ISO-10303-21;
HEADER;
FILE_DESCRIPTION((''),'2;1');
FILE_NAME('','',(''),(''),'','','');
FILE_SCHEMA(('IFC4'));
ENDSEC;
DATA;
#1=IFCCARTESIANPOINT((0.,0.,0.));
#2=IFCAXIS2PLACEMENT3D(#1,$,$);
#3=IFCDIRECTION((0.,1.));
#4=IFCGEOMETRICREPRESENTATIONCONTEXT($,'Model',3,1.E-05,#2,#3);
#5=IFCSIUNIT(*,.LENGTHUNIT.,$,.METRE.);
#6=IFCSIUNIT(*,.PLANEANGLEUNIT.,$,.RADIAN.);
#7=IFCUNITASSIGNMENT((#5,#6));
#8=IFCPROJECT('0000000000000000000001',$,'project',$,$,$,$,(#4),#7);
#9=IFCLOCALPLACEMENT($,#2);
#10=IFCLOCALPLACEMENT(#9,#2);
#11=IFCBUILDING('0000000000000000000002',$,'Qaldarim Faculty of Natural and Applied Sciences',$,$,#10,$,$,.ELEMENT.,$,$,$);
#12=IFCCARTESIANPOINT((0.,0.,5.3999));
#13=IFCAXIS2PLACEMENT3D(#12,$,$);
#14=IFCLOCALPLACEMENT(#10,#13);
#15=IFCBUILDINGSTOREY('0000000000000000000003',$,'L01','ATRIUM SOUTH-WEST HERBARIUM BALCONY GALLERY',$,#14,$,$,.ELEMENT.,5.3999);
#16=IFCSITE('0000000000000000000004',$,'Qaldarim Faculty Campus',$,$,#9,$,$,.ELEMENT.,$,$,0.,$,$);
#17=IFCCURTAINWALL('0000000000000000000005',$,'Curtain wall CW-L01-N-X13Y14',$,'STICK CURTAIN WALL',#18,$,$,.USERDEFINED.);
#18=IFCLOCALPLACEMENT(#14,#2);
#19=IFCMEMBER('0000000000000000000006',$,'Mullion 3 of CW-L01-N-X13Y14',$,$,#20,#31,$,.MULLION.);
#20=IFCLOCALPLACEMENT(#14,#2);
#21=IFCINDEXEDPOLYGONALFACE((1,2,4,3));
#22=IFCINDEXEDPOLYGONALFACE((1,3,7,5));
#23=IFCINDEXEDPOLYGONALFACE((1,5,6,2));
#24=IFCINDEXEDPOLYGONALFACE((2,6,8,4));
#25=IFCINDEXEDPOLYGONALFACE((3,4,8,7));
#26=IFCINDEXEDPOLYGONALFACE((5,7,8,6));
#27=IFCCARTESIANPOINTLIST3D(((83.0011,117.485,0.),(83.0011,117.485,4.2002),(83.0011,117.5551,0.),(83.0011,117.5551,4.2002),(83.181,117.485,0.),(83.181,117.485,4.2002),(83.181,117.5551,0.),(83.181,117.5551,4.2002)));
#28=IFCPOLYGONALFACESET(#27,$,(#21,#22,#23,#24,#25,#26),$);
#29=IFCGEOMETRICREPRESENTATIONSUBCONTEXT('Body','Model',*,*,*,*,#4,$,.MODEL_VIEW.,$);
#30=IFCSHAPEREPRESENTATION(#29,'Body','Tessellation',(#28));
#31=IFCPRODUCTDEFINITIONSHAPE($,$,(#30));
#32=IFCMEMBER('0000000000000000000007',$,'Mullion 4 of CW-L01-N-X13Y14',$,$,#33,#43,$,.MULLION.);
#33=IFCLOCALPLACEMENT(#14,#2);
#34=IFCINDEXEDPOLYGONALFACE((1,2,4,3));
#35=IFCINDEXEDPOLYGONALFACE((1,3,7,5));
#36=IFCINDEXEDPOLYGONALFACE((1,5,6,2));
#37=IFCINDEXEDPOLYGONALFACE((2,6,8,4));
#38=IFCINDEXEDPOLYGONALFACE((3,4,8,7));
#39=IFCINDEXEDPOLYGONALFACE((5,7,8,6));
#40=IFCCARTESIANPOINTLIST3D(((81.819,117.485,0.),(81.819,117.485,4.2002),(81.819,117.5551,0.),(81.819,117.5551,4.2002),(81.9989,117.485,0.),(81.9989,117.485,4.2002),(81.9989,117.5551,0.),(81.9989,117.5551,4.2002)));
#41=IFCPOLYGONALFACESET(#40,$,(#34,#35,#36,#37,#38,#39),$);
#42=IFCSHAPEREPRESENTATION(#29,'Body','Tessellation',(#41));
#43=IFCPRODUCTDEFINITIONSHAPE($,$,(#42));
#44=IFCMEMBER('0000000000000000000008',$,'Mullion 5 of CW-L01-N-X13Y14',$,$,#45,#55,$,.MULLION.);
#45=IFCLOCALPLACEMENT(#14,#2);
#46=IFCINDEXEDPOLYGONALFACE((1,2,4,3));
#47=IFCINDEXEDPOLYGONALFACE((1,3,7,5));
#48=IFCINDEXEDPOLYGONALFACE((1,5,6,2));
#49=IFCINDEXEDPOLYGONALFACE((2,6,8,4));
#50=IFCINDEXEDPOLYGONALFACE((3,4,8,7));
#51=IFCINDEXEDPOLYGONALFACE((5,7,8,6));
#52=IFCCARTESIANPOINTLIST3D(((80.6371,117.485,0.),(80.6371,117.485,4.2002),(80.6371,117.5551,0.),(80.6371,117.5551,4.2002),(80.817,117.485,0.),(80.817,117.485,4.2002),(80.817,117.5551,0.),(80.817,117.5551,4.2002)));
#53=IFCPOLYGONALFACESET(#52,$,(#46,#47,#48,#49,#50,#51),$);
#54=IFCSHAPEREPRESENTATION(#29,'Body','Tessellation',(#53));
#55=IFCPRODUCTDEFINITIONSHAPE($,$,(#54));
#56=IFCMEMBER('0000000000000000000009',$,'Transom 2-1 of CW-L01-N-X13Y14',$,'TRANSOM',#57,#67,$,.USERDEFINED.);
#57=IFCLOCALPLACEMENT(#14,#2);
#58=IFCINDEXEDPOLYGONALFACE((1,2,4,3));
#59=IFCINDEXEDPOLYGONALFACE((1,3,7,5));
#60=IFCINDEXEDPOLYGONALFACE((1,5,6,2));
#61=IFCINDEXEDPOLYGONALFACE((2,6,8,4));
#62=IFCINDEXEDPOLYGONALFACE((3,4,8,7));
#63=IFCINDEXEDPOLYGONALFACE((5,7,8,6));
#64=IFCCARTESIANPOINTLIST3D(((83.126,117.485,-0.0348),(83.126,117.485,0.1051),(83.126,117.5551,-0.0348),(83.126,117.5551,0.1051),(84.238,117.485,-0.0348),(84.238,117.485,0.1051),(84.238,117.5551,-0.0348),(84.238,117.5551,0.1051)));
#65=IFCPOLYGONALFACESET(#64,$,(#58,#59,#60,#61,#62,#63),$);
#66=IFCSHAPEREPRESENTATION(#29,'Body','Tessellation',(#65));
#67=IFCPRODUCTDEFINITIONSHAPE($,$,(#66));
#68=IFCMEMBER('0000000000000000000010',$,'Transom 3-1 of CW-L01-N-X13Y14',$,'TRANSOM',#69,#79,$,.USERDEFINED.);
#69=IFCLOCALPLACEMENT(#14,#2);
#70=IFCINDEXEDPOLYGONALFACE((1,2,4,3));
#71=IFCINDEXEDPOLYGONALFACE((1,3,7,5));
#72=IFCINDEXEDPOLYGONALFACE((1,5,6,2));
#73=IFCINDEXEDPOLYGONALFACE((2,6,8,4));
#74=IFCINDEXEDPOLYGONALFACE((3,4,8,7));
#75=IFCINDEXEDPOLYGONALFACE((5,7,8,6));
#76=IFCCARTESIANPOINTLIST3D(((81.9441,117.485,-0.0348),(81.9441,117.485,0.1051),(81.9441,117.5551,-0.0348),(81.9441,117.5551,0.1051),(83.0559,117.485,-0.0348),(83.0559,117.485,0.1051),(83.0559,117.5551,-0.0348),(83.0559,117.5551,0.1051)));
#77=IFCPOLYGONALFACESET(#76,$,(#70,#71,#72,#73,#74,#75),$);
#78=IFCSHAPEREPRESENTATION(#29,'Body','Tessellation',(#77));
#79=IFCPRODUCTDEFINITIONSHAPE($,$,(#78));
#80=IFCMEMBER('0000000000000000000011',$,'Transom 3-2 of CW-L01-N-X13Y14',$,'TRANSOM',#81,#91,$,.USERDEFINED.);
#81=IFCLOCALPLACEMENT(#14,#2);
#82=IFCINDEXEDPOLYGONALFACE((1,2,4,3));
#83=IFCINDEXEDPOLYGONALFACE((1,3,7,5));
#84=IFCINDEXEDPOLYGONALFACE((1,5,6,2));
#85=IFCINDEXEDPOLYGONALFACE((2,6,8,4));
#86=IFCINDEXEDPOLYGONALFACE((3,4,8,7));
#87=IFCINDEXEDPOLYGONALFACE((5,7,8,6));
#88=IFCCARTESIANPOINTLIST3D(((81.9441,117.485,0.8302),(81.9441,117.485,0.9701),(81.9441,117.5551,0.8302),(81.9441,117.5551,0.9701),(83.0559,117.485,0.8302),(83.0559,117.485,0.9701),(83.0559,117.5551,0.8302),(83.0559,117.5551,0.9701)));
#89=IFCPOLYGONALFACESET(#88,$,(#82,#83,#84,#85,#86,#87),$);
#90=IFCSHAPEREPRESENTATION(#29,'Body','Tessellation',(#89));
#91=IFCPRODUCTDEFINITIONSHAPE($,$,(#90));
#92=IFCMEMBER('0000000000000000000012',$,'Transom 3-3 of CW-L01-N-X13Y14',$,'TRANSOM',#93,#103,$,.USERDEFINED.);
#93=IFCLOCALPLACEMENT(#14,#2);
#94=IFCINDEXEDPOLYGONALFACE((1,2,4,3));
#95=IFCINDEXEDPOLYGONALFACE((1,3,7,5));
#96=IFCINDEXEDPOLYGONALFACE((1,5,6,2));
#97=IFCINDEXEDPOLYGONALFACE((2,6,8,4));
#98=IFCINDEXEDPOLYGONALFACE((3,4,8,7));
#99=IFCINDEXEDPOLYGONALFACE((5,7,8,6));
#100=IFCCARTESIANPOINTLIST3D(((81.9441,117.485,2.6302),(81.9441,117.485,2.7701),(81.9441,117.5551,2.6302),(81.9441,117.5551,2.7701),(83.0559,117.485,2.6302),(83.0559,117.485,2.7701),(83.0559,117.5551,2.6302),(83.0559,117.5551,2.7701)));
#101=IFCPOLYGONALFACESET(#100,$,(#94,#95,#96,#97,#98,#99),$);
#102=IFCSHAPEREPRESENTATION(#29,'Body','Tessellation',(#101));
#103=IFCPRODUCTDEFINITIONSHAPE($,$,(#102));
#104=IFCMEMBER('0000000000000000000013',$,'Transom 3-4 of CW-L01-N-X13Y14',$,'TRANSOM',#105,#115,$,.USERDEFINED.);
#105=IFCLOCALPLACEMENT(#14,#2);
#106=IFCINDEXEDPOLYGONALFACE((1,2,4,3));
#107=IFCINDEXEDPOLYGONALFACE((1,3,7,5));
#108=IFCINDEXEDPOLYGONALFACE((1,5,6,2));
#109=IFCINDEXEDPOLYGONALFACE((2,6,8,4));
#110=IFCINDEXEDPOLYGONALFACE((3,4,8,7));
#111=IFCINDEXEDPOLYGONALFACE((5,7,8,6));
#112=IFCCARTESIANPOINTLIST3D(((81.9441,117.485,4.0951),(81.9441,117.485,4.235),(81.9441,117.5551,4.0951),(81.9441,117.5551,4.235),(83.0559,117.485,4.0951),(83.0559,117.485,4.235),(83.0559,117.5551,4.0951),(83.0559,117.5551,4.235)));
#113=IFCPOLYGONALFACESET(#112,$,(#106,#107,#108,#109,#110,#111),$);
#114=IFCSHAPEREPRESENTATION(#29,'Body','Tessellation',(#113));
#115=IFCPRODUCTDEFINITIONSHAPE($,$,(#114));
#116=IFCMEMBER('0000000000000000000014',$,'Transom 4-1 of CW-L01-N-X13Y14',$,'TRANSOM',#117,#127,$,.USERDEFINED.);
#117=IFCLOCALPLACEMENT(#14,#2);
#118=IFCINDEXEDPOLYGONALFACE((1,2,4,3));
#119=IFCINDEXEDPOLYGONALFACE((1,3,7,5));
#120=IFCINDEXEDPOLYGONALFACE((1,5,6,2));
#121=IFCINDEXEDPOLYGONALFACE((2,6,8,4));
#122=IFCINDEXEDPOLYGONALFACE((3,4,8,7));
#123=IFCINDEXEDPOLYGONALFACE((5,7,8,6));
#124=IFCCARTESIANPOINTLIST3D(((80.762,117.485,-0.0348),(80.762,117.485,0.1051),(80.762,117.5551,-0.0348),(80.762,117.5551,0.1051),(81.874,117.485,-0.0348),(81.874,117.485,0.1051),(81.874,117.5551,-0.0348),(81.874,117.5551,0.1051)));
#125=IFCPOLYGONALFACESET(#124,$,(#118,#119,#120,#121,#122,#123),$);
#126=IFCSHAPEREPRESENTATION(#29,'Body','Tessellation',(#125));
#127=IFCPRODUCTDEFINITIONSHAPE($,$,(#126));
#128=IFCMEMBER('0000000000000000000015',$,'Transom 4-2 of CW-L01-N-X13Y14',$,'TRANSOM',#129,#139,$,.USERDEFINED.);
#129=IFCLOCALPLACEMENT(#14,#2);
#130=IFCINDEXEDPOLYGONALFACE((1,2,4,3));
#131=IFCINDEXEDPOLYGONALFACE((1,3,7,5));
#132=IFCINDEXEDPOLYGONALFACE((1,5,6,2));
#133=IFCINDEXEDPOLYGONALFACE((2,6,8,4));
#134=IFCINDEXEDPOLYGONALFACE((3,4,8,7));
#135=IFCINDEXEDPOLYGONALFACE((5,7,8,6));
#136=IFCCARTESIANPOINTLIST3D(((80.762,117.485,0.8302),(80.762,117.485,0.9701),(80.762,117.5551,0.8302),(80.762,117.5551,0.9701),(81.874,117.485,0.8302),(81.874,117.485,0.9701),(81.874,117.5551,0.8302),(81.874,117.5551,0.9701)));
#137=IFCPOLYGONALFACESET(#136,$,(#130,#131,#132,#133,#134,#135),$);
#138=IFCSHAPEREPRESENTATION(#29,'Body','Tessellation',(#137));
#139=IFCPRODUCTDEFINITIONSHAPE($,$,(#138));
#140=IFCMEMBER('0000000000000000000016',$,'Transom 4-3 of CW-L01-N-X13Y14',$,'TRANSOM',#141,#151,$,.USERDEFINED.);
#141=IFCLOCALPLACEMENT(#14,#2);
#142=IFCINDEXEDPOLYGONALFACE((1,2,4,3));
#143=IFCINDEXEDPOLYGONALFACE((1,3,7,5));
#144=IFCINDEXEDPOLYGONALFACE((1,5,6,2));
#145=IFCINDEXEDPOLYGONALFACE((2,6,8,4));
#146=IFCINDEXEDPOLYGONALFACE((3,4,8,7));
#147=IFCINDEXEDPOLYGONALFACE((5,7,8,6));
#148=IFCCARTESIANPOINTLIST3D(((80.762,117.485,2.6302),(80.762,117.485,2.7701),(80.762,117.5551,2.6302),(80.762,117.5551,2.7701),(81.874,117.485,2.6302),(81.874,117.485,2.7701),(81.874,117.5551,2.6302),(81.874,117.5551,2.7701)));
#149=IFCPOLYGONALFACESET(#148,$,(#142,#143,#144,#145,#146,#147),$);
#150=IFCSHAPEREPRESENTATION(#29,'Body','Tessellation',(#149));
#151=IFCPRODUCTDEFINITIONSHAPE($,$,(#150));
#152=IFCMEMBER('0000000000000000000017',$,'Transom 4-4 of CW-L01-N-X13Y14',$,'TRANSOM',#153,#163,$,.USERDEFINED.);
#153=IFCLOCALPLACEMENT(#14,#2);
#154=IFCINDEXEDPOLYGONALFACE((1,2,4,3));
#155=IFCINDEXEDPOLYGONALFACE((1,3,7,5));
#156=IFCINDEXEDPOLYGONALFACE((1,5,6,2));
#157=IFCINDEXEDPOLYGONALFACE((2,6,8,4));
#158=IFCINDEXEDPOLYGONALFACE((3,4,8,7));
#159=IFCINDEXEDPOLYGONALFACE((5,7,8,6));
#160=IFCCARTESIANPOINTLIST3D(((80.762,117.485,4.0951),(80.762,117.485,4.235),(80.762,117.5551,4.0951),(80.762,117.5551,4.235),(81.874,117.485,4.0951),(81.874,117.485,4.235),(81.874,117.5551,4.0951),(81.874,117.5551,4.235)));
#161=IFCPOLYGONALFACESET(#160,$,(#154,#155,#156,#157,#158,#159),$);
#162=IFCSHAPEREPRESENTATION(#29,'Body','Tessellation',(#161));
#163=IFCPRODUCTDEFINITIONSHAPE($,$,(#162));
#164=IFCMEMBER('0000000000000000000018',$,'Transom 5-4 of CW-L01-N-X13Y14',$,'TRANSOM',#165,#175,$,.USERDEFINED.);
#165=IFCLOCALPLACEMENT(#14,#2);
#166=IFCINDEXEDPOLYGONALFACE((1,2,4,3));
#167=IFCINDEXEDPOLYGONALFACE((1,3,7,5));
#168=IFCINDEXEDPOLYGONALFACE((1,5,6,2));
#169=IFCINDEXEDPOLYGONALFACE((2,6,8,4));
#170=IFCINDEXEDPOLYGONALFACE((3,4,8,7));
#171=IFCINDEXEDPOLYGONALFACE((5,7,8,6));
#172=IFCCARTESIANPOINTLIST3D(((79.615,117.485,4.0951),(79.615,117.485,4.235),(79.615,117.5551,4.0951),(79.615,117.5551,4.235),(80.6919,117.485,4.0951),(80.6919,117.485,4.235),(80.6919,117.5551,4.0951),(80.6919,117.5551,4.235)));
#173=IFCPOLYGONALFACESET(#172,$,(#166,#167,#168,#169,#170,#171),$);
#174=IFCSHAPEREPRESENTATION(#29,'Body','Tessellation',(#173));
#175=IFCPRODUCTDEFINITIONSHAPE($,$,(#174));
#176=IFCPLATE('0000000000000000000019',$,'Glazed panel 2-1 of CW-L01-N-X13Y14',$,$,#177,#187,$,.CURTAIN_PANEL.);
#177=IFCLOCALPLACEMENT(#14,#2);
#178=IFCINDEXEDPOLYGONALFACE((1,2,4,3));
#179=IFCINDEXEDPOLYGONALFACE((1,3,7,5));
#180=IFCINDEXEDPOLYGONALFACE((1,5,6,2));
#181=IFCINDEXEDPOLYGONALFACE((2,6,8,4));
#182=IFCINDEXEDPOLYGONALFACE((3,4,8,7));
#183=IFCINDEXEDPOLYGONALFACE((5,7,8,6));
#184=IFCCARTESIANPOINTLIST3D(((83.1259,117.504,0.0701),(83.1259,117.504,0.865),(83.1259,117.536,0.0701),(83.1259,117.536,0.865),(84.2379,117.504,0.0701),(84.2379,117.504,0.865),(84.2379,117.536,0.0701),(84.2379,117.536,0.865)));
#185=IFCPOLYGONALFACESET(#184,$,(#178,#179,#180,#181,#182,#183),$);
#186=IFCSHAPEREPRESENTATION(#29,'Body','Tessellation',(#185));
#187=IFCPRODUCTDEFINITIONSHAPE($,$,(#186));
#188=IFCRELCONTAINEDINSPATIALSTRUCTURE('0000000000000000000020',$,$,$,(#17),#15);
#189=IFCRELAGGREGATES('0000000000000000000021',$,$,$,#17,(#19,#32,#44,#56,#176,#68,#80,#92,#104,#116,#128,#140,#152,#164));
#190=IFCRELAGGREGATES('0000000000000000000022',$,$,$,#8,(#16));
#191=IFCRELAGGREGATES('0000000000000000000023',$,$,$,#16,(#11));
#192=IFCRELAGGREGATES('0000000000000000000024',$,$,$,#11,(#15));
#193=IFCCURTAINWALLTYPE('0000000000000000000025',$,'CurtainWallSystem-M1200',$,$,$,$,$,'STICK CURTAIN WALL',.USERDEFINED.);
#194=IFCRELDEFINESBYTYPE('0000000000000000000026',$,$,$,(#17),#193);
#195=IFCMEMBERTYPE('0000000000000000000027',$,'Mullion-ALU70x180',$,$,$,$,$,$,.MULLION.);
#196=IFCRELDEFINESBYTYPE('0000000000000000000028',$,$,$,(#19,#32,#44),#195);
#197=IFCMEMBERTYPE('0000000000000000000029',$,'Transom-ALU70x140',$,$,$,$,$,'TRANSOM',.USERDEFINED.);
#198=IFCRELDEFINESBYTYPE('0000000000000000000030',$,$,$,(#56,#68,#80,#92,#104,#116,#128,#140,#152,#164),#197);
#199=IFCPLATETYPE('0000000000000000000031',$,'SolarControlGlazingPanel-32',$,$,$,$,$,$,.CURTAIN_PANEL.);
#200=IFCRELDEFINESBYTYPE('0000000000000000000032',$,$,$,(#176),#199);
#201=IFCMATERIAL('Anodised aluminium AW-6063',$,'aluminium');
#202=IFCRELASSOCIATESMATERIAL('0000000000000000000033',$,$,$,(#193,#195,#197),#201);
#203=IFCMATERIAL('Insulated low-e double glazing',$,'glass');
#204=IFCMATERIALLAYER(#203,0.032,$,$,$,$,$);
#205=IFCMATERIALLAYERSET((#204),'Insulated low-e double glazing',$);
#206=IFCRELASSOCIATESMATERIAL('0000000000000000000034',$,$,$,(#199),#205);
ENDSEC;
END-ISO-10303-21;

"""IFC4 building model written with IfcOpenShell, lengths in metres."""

from ifc_helpers import new_model, si_unit, direction, frame, origin, origin_2d, place, context, subcontext, project, spatial, rectangle, extrude, material, layer, layer_set, material_profile, profile_set, type_object, element, aggregate, save


model = new_model("IFC4")

# Units and contexts
model_context = context("Model", 3, precision=1e-05, world=origin(), true_north=direction((0.0, 1.0)))
body_context = subcontext(model_context, "Body", "Model", "MODEL_VIEW")
ifc_project = project(units=[si_unit("LENGTHUNIT", "METRE"), si_unit("PLANEANGLEUNIT", "RADIAN")], contexts=[model_context])

# Site, building, storey
site_placement = place(None, origin())
site = spatial("IfcSite", under=ifc_project, at=site_placement, Name="Qaldarim Faculty Campus", CompositionType="ELEMENT", RefElevation=0.0)
building_placement = place(site_placement, origin())
building = spatial("IfcBuilding", under=site, at=building_placement, Name="Qaldarim Faculty of Natural and Applied Sciences", CompositionType="ELEMENT")
storey_placement = place(building_placement, frame((0.0, 0.0, 5.3999)))
storey = spatial("IfcBuildingStorey", under=building, at=storey_placement, Name="L01", Description="ATRIUM SOUTH-WEST HERBARIUM BALCONY GALLERY", CompositionType="ELEMENT", Elevation=5.3999)

# Curtain wall, members, plate
ifc_material_1 = material(Name="Anodised aluminium AW-6063", Category="aluminium")
curtain_wall_type = type_object("IfcCurtainWallType", Name="CurtainWallSystem-M1200", ElementType="STICK CURTAIN WALL", PredefinedType="USERDEFINED", material=ifc_material_1)
curtain_wall_placement = place(storey_placement, origin())
curtain_wall = element("IfcCurtainWall", 1, at=curtain_wall_placement, inside=storey, type_object=curtain_wall_type, Name="Curtain wall CW-L01-N-X13Y14", ObjectType="STICK CURTAIN WALL", PredefinedType="USERDEFINED")
ifc_material_profile_1 = material_profile(ifc_material_1, rectangle(XDim=0.0701, YDim=0.1799, at=origin_2d()), Name="ALU-M70x180")
ifc_profile_set_1 = profile_set([ifc_material_profile_1], Name="Anodised aluminium AW-6063")
member_type_1 = type_object("IfcMemberType", Name="Mullion-ALU70x180", PredefinedType="MULLION", material=ifc_profile_set_1)
member_1_placement = place(storey_placement, frame((83.0911, 117.52, 0.0), z_axis=(0.0, 0.0, 1.0), x_axis=(0.0, -1.0, 0.0)))
member_1 = element("IfcMember", 2, at=member_1_placement, type_object=member_type_1, Name="Mullion 3 of CW-L01-N-X13Y14", PredefinedType="MULLION", context=body_context, shape_type="SweptSolid", body=[
    extrude(rectangle(XDim=0.0701, YDim=0.1799, at=origin_2d()), origin(), (0.0, 0.0, 1.0), 4.2002),
])
member_2_placement = place(storey_placement, frame((81.9089, 117.52, 0.0), z_axis=(0.0, 0.0, 1.0), x_axis=(0.0, -1.0, 0.0)))
member_2 = element("IfcMember", 3, at=member_2_placement, type_object=member_type_1, Name="Mullion 4 of CW-L01-N-X13Y14", PredefinedType="MULLION", context=body_context, shape_type="SweptSolid", body=[
    extrude(rectangle(XDim=0.0701, YDim=0.1799, at=origin_2d()), origin(), (0.0, 0.0, 1.0), 4.2002),
])
member_3_placement = place(storey_placement, frame((80.7271, 117.52, 0.0), z_axis=(0.0, 0.0, 1.0), x_axis=(0.0, -1.0, 0.0)))
member_3 = element("IfcMember", 4, at=member_3_placement, type_object=member_type_1, Name="Mullion 5 of CW-L01-N-X13Y14", PredefinedType="MULLION", context=body_context, shape_type="SweptSolid", body=[
    extrude(rectangle(XDim=0.0701, YDim=0.1799, at=origin_2d()), origin(), (0.0, 0.0, 1.0), 4.2002),
])
ifc_material_profile_2 = material_profile(ifc_material_1, rectangle(XDim=0.0701, YDim=0.1399, at=origin_2d()), Name="ALU-T70x140")
ifc_profile_set_2 = profile_set([ifc_material_profile_2], Name="Anodised aluminium AW-6063")
member_type_2 = type_object("IfcMemberType", Name="Transom-ALU70x140", ElementType="TRANSOM", PredefinedType="USERDEFINED", material=ifc_profile_set_2)
member_4_placement = place(storey_placement, frame((84.238, 117.52, 0.0352), z_axis=(-1.0, 0.0, 0.0), x_axis=(0.0, -1.0, 0.0)))
member_4 = element("IfcMember", 5, at=member_4_placement, type_object=member_type_2, Name="Transom 2-1 of CW-L01-N-X13Y14", ObjectType="TRANSOM", PredefinedType="USERDEFINED", context=body_context, shape_type="SweptSolid", body=[
    extrude(rectangle(XDim=0.0701, YDim=0.1399, at=origin_2d()), origin(), (0.0, 0.0, 1.0), 1.1121),
])
member_5_placement = place(storey_placement, frame((83.0559, 117.52, 0.0352), z_axis=(-1.0, 0.0, 0.0), x_axis=(0.0, -1.0, 0.0)))
member_5 = element("IfcMember", 6, at=member_5_placement, type_object=member_type_2, Name="Transom 3-1 of CW-L01-N-X13Y14", ObjectType="TRANSOM", PredefinedType="USERDEFINED", context=body_context, shape_type="SweptSolid", body=[
    extrude(rectangle(XDim=0.0701, YDim=0.1399, at=origin_2d()), origin(), (0.0, 0.0, 1.0), 1.1118),
])
member_6_placement = place(storey_placement, frame((83.0559, 117.52, 0.9001), z_axis=(-1.0, 0.0, 0.0), x_axis=(0.0, -1.0, 0.0)))
member_6 = element("IfcMember", 7, at=member_6_placement, type_object=member_type_2, Name="Transom 3-2 of CW-L01-N-X13Y14", ObjectType="TRANSOM", PredefinedType="USERDEFINED", context=body_context, shape_type="SweptSolid", body=[
    extrude(rectangle(XDim=0.0701, YDim=0.1399, at=origin_2d()), origin(), (0.0, 0.0, 1.0), 1.1118),
])
member_7_placement = place(storey_placement, frame((83.0559, 117.52, 2.7002), z_axis=(-1.0, 0.0, 0.0), x_axis=(0.0, -1.0, 0.0)))
member_7 = element("IfcMember", 8, at=member_7_placement, type_object=member_type_2, Name="Transom 3-3 of CW-L01-N-X13Y14", ObjectType="TRANSOM", PredefinedType="USERDEFINED", context=body_context, shape_type="SweptSolid", body=[
    extrude(rectangle(XDim=0.0701, YDim=0.1399, at=origin_2d()), origin(), (0.0, 0.0, 1.0), 1.1118),
])
member_8_placement = place(storey_placement, frame((83.0559, 117.52, 4.165), z_axis=(-1.0, 0.0, 0.0), x_axis=(0.0, -1.0, 0.0)))
member_8 = element("IfcMember", 9, at=member_8_placement, type_object=member_type_2, Name="Transom 3-4 of CW-L01-N-X13Y14", ObjectType="TRANSOM", PredefinedType="USERDEFINED", context=body_context, shape_type="SweptSolid", body=[
    extrude(rectangle(XDim=0.0701, YDim=0.1399, at=origin_2d()), origin(), (0.0, 0.0, 1.0), 1.1118),
])
member_9_placement = place(storey_placement, frame((81.874, 117.52, 0.0352), z_axis=(-1.0, 0.0, 0.0), x_axis=(0.0, -1.0, 0.0)))
member_9 = element("IfcMember", 10, at=member_9_placement, type_object=member_type_2, Name="Transom 4-1 of CW-L01-N-X13Y14", ObjectType="TRANSOM", PredefinedType="USERDEFINED", context=body_context, shape_type="SweptSolid", body=[
    extrude(rectangle(XDim=0.0701, YDim=0.1399, at=origin_2d()), origin(), (0.0, 0.0, 1.0), 1.1121),
])
member_10_placement = place(storey_placement, frame((81.874, 117.52, 0.9001), z_axis=(-1.0, 0.0, 0.0), x_axis=(0.0, -1.0, 0.0)))
member_10 = element("IfcMember", 11, at=member_10_placement, type_object=member_type_2, Name="Transom 4-2 of CW-L01-N-X13Y14", ObjectType="TRANSOM", PredefinedType="USERDEFINED", context=body_context, shape_type="SweptSolid", body=[
    extrude(rectangle(XDim=0.0701, YDim=0.1399, at=origin_2d()), origin(), (0.0, 0.0, 1.0), 1.1121),
])
member_11_placement = place(storey_placement, frame((81.874, 117.52, 2.7002), z_axis=(-1.0, 0.0, 0.0), x_axis=(0.0, -1.0, 0.0)))
member_11 = element("IfcMember", 12, at=member_11_placement, type_object=member_type_2, Name="Transom 4-3 of CW-L01-N-X13Y14", ObjectType="TRANSOM", PredefinedType="USERDEFINED", context=body_context, shape_type="SweptSolid", body=[
    extrude(rectangle(XDim=0.0701, YDim=0.1399, at=origin_2d()), origin(), (0.0, 0.0, 1.0), 1.1121),
])
member_12_placement = place(storey_placement, frame((81.874, 117.52, 4.165), z_axis=(-1.0, 0.0, 0.0), x_axis=(0.0, -1.0, 0.0)))
member_12 = element("IfcMember", 13, at=member_12_placement, type_object=member_type_2, Name="Transom 4-4 of CW-L01-N-X13Y14", ObjectType="TRANSOM", PredefinedType="USERDEFINED", context=body_context, shape_type="SweptSolid", body=[
    extrude(rectangle(XDim=0.0701, YDim=0.1399, at=origin_2d()), origin(), (0.0, 0.0, 1.0), 1.1121),
])
member_13_placement = place(storey_placement, frame((80.6919, 117.52, 4.165), z_axis=(-1.0, 0.0, 0.0), x_axis=(0.0, -1.0, 0.0)))
member_13 = element("IfcMember", 14, at=member_13_placement, type_object=member_type_2, Name="Transom 5-4 of CW-L01-N-X13Y14", ObjectType="TRANSOM", PredefinedType="USERDEFINED", context=body_context, shape_type="SweptSolid", body=[
    extrude(rectangle(XDim=0.0701, YDim=0.1399, at=origin_2d()), origin(), (0.0, 0.0, 1.0), 1.0769),
])
ifc_material_2 = material(Name="Insulated low-e double glazing", Category="glass")
ifc_layer = layer(ifc_material_2, 0.032)
ifc_layer_set = layer_set([ifc_layer], Name="Insulated low-e double glazing")
plate_type = type_object("IfcPlateType", Name="SolarControlGlazingPanel-32", PredefinedType="CURTAIN_PANEL", material=ifc_layer_set)
plate_1_placement = place(storey_placement, frame((83.6819, 117.52, 0.0701), z_axis=(0.0, 0.0, 1.0), x_axis=(-1.0, 0.0, 0.0)))
plate_1 = element("IfcPlate", 15, at=plate_1_placement, type_object=plate_type, Name="Glazed panel 2-1 of CW-L01-N-X13Y14", PredefinedType="CURTAIN_PANEL", context=body_context, shape_type="SweptSolid", body=[
    extrude(rectangle(XDim=1.1121, YDim=0.032, at=origin_2d()), origin(), (0.0, 0.0, 1.0), 0.7949),
])
aggregate(curtain_wall, [member_1, member_2, member_3, member_4, plate_1, member_5, member_6, member_7, member_8, member_9, member_10, member_11, member_12, member_13])

save(model, "model.ifc")
